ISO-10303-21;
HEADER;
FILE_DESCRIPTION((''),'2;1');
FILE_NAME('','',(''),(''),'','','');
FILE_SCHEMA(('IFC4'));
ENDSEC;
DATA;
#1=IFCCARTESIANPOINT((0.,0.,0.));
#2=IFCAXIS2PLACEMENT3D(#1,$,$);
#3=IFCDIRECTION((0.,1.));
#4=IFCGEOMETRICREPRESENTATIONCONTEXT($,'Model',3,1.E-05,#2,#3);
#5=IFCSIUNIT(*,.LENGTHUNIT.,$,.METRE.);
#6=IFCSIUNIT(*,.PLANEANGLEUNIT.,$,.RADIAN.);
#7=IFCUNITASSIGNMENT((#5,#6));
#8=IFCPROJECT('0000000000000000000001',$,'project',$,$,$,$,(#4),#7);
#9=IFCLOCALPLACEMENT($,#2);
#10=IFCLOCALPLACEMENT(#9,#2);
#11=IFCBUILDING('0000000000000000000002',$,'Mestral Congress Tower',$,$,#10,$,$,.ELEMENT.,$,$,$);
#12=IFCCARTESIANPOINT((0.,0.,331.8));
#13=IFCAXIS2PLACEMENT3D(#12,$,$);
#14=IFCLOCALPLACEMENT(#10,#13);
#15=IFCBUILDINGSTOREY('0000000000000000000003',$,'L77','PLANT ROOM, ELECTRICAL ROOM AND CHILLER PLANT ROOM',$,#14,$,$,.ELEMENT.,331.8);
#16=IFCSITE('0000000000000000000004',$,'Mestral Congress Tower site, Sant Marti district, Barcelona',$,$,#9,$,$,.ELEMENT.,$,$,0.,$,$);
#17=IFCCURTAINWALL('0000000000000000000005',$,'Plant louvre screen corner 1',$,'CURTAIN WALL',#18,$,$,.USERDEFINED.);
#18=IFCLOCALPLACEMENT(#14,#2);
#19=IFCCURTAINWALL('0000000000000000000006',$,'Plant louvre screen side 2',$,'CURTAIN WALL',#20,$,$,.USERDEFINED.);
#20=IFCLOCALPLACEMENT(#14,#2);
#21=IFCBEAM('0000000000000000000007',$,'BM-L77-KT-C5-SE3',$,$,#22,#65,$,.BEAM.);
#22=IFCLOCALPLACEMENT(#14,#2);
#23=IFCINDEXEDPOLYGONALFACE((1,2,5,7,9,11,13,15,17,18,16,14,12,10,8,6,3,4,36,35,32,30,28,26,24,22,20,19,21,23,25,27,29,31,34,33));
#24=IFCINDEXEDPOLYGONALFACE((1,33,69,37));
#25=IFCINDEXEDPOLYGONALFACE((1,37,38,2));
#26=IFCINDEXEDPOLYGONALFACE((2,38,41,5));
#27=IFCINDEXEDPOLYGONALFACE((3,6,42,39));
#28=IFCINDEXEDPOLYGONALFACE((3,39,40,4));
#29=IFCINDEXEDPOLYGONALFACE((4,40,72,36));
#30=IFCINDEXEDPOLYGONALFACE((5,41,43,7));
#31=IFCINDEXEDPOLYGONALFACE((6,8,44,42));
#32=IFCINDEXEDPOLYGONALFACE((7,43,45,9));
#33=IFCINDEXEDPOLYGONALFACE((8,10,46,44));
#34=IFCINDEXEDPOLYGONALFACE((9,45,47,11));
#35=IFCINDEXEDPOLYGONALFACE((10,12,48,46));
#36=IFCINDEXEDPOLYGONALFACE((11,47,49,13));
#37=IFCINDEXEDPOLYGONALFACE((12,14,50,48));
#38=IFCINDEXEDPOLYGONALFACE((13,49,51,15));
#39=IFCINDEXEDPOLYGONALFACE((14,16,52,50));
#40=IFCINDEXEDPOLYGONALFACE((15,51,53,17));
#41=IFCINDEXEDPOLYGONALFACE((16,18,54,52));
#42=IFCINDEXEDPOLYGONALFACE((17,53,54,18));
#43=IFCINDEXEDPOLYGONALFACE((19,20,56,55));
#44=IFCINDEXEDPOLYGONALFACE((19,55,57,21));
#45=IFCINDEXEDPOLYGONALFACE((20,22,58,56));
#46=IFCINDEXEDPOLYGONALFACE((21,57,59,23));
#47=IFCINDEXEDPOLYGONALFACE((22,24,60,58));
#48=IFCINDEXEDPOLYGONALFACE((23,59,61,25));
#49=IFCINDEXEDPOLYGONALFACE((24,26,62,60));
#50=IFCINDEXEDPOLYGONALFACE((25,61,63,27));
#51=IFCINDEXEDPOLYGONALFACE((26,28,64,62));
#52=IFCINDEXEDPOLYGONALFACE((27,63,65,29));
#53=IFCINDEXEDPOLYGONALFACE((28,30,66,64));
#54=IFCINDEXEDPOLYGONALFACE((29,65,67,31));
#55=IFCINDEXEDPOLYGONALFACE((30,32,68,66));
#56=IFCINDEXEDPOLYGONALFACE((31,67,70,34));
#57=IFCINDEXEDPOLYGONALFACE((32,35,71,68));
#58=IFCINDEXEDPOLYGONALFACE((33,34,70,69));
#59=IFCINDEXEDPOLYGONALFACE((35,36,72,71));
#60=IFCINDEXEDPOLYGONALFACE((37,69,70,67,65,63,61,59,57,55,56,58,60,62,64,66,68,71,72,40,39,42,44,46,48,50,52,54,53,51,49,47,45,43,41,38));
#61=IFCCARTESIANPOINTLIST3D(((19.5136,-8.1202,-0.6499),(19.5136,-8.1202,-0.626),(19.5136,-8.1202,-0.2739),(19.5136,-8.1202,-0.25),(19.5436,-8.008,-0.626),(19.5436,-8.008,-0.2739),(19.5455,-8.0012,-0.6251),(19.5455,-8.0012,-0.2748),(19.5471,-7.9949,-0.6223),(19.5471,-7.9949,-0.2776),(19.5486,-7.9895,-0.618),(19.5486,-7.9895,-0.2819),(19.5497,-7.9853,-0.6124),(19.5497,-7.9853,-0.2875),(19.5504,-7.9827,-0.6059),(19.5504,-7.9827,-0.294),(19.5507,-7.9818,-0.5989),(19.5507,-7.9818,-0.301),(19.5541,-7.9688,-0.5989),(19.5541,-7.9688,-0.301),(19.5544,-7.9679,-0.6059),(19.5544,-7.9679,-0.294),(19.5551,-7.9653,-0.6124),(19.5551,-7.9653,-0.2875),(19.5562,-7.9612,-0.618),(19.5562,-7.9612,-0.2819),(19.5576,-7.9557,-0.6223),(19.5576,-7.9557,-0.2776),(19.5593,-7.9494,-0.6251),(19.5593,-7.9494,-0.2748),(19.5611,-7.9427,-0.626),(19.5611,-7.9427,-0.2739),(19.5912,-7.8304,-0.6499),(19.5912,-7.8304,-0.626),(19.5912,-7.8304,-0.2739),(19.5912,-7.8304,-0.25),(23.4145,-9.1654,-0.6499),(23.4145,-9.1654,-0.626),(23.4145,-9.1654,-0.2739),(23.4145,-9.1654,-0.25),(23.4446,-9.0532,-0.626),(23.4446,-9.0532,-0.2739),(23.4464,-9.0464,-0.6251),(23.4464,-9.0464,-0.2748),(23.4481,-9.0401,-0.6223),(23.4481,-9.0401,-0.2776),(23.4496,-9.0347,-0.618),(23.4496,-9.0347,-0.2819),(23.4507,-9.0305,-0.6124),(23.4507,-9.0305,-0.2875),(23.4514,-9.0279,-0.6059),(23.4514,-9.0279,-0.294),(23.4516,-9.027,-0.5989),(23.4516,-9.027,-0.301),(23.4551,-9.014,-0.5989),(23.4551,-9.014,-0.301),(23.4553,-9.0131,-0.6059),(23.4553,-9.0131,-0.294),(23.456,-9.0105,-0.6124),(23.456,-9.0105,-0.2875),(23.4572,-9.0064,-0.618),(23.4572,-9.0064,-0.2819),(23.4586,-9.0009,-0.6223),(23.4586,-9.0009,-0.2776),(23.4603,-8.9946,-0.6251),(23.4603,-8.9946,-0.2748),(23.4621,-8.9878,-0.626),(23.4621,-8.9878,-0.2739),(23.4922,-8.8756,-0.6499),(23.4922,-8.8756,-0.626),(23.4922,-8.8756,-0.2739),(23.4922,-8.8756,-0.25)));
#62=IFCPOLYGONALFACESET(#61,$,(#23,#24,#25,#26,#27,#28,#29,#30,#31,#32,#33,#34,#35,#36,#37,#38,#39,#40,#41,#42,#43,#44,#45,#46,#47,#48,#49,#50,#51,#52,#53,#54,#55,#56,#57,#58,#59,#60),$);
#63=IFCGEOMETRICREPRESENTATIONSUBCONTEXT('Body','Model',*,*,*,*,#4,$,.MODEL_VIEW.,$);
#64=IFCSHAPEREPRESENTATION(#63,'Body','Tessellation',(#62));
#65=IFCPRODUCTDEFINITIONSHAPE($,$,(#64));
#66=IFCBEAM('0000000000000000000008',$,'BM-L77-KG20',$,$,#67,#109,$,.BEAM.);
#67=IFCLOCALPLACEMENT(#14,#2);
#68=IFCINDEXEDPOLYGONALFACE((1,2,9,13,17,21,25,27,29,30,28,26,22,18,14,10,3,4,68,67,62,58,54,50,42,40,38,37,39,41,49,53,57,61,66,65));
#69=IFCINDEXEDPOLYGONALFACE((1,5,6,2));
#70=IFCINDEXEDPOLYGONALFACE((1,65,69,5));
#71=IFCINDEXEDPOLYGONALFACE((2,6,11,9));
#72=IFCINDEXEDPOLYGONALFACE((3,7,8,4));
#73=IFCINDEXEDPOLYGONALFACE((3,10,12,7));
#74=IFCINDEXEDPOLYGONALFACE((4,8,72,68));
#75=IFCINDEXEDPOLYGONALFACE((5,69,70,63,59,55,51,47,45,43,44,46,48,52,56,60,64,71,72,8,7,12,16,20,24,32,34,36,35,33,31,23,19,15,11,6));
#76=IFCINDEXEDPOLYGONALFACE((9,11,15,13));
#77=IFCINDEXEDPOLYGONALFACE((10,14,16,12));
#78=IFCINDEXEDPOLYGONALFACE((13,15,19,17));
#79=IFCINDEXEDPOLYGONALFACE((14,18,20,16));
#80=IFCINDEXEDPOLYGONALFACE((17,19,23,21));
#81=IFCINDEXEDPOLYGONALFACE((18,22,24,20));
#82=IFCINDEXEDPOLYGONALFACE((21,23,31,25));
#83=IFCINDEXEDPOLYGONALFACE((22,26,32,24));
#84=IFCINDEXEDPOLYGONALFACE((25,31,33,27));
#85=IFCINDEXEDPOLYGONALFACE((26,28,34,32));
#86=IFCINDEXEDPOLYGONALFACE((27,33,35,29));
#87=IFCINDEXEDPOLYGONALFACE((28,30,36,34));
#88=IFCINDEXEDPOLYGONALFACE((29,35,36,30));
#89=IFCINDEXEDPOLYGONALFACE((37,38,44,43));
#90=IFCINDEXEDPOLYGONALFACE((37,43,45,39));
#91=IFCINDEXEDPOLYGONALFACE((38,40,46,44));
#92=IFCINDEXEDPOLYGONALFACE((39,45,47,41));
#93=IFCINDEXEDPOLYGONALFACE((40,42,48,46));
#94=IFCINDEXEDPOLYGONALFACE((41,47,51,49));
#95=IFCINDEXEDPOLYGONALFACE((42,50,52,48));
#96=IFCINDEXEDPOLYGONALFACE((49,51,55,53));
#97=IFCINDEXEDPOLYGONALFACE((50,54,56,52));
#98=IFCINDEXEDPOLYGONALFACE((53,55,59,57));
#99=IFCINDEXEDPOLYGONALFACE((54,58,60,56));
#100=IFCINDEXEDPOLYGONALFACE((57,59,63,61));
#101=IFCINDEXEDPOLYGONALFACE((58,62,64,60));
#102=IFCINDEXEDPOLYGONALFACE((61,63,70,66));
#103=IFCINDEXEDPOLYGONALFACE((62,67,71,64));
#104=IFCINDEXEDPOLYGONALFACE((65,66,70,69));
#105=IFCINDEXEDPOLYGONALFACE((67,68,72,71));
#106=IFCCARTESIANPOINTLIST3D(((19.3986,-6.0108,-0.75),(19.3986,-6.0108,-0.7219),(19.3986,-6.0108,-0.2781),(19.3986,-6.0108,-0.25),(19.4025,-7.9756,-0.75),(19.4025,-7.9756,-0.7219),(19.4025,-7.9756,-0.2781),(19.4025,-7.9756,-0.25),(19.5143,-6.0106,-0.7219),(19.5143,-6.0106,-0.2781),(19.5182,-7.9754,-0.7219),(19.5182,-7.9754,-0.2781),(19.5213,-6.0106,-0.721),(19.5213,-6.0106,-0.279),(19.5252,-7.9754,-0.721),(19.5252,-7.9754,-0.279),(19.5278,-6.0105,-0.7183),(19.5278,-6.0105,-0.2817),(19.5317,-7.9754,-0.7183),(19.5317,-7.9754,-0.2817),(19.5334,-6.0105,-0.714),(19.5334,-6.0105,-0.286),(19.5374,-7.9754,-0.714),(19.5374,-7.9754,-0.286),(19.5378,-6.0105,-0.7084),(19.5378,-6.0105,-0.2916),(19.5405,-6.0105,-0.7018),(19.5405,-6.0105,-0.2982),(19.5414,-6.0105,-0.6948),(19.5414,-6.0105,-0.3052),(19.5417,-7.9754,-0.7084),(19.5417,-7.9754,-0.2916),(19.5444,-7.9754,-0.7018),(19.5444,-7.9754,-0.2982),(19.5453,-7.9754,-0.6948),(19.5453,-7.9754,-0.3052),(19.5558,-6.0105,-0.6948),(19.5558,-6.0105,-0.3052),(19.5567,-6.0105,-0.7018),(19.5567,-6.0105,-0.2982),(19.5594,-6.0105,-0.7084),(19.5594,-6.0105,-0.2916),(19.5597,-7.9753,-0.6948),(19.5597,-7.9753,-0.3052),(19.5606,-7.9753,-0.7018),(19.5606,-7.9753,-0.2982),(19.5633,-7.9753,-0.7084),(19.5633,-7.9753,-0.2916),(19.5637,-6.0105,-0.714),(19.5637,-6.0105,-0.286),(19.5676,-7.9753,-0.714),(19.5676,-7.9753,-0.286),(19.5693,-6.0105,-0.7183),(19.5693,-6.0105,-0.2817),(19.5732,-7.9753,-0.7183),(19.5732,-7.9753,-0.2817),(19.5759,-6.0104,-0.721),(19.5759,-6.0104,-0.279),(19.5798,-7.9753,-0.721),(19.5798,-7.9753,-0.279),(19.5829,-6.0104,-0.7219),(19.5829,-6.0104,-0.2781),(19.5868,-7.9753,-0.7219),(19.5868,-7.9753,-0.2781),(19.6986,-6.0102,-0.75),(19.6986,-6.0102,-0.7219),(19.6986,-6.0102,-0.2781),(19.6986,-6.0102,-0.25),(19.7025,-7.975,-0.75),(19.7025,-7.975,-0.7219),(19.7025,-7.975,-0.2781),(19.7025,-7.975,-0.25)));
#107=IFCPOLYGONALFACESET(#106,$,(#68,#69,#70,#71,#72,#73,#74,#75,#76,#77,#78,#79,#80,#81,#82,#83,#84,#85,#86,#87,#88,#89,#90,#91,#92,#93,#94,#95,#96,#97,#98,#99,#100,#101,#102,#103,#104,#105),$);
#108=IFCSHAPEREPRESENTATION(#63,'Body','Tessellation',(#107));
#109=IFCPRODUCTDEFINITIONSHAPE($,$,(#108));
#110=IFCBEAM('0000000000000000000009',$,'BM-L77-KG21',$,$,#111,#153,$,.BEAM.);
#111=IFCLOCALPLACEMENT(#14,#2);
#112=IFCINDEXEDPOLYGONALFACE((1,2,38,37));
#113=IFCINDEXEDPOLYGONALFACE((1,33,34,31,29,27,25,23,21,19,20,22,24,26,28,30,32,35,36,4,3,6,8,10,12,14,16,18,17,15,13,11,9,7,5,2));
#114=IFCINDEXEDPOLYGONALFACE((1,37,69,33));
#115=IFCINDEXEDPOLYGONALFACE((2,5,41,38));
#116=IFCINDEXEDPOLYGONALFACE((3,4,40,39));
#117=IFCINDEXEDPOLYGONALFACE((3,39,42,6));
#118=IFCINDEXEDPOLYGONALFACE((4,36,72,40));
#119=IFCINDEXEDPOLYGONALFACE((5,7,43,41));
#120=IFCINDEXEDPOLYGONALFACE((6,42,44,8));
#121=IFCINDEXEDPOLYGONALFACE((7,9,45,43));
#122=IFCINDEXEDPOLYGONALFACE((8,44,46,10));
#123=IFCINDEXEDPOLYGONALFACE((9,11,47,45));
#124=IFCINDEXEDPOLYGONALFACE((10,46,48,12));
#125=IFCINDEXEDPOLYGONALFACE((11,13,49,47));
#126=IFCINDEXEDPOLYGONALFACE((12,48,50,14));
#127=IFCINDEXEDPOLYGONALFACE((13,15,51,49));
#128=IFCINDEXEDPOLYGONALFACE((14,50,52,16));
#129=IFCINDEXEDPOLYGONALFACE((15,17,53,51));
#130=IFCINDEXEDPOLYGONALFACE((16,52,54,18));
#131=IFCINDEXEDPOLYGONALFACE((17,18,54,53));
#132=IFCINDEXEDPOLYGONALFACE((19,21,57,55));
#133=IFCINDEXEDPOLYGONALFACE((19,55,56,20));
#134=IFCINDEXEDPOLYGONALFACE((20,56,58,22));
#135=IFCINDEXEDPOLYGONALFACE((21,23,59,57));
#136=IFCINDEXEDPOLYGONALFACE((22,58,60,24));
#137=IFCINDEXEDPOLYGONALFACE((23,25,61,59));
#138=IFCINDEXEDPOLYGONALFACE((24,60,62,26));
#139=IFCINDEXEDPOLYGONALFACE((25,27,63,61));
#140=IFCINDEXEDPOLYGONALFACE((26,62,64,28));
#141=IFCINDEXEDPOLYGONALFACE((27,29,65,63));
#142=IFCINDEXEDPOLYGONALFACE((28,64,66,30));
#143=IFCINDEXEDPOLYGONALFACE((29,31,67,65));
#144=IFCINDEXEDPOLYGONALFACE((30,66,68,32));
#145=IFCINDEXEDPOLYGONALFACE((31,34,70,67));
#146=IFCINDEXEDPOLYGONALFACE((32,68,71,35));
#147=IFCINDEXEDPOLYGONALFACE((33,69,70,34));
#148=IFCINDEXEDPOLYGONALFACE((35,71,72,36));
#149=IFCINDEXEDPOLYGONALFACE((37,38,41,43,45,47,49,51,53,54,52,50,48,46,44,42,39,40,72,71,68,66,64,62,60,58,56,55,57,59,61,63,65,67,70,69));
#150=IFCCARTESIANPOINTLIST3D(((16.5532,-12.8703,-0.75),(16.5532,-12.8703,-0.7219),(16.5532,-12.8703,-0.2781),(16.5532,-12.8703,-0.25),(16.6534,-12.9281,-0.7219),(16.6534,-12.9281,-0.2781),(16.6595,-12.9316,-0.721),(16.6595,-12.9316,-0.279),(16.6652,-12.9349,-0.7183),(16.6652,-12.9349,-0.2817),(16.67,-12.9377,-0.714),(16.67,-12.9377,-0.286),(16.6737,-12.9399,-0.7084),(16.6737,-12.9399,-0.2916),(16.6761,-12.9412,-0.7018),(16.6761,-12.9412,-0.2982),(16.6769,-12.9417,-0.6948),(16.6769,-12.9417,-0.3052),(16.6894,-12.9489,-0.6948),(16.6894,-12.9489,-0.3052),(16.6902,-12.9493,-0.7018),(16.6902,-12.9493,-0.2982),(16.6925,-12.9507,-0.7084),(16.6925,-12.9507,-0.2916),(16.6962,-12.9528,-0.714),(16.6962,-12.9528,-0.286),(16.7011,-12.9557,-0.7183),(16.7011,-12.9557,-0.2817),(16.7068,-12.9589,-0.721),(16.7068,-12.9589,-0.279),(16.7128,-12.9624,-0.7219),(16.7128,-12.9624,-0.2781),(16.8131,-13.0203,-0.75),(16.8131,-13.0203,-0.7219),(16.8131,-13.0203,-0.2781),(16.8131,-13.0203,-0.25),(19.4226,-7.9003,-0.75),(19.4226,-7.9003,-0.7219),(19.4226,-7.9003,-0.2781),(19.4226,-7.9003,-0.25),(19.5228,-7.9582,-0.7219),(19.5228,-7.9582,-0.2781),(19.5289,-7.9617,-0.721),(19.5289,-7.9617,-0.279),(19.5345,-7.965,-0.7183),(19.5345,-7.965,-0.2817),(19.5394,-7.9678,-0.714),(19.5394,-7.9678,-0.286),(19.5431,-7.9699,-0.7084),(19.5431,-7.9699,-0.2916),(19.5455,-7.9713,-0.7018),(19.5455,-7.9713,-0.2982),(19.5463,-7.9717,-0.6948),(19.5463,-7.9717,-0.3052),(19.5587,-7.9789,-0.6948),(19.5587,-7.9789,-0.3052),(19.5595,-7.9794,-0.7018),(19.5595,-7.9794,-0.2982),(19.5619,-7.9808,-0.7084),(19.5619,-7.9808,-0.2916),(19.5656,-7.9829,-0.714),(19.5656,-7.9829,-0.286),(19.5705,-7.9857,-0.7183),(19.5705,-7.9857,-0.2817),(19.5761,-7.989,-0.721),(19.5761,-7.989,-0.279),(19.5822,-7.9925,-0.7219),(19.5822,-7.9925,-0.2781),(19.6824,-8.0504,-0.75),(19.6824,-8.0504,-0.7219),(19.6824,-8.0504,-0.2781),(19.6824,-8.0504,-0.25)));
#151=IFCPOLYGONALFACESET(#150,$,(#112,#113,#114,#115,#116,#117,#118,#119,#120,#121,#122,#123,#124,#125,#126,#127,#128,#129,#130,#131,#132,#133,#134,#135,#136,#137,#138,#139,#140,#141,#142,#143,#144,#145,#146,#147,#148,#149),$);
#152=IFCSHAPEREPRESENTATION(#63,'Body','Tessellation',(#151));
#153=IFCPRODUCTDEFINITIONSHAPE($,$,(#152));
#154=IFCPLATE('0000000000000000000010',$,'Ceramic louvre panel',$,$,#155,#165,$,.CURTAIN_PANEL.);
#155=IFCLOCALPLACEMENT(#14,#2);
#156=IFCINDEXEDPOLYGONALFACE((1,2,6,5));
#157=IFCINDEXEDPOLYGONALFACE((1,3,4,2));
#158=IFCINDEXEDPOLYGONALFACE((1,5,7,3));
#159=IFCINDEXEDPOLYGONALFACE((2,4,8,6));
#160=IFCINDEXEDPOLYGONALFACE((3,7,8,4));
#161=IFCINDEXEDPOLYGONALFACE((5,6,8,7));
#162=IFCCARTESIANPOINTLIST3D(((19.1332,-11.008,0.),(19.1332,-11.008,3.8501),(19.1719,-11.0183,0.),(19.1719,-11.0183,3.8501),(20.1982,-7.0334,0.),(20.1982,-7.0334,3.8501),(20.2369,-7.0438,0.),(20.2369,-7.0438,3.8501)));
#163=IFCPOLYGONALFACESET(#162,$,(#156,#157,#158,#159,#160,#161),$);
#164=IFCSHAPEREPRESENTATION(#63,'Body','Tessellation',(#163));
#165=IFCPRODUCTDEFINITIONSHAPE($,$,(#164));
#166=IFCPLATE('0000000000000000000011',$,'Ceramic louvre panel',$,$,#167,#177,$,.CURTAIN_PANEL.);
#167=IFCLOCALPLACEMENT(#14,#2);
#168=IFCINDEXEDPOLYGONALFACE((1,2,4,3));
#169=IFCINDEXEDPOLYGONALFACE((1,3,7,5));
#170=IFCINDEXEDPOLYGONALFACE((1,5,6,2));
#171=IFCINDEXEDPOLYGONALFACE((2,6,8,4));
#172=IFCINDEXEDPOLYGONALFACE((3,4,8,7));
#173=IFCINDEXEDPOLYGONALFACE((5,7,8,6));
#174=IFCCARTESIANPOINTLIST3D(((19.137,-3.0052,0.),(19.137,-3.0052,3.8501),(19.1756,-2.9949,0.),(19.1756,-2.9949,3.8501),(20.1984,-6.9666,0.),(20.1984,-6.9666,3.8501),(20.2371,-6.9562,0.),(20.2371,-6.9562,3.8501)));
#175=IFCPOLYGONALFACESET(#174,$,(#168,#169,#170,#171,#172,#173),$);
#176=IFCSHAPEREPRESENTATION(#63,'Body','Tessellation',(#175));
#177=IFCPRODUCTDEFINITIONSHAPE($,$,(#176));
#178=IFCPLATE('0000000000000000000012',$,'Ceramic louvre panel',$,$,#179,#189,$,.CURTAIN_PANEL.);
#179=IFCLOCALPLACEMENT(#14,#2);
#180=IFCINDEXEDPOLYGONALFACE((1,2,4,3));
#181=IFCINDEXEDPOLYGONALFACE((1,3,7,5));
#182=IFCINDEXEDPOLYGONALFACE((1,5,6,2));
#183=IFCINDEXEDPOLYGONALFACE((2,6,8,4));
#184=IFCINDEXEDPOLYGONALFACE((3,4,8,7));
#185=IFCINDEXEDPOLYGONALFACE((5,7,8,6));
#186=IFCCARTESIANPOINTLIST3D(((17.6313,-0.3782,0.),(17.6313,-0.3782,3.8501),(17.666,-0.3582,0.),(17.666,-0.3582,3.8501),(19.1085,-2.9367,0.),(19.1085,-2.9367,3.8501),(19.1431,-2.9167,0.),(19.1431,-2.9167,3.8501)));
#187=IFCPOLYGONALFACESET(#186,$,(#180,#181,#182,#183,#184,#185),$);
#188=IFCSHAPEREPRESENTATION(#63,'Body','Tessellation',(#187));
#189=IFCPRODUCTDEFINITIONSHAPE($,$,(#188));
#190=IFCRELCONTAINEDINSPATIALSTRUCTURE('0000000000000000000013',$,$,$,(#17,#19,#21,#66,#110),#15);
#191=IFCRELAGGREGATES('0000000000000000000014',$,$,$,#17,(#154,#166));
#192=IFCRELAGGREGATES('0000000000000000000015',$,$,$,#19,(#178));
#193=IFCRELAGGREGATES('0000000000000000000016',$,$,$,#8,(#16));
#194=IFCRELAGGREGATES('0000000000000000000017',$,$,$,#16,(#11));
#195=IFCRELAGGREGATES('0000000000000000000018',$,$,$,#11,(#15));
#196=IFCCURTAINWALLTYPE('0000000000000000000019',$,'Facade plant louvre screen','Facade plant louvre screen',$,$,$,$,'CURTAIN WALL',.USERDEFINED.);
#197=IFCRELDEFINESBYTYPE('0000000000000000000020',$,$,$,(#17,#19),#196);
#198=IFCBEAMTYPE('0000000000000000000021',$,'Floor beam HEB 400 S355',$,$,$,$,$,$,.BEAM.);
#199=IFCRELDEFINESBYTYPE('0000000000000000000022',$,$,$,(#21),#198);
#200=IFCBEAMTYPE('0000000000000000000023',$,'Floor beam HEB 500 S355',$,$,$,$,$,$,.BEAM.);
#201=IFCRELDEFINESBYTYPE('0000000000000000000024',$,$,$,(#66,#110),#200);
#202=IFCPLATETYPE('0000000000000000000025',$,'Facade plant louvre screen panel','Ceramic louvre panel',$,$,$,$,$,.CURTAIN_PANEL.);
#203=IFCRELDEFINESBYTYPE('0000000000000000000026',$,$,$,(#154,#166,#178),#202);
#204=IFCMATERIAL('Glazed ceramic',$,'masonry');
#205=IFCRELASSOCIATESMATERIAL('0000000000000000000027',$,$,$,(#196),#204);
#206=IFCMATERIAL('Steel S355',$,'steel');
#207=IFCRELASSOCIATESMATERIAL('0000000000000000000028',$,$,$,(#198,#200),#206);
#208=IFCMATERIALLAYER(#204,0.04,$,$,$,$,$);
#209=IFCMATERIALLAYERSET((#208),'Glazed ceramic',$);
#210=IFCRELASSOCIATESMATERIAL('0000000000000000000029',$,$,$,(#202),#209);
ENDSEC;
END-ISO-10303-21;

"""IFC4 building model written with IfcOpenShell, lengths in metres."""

from ifc_helpers import new_model, si_unit, direction, frame, origin, origin_2d, place, context, subcontext, project, spatial, rectangle, i_section, extrude, material, layer, layer_set, material_profile, profile_set, type_object, element, aggregate, save


model = new_model("IFC4")

# Units and contexts
model_context = context("Model", 3, precision=1e-05, world=origin(), true_north=direction((0.0, 1.0)))
body_context = subcontext(model_context, "Body", "Model", "MODEL_VIEW")
ifc_project = project(units=[si_unit("LENGTHUNIT", "METRE"), si_unit("PLANEANGLEUNIT", "RADIAN")], contexts=[model_context])

# Site, building, storey
site_placement = place(None, origin())
site = spatial("IfcSite", under=ifc_project, at=site_placement, Name="Mestral Congress Tower site, Sant Marti district, Barcelona", CompositionType="ELEMENT", RefElevation=0.0)
building_placement = place(site_placement, origin())
building = spatial("IfcBuilding", under=site, at=building_placement, Name="Mestral Congress Tower", CompositionType="ELEMENT")
storey_placement = place(building_placement, frame((0.0, 0.0, 331.8)))
storey = spatial("IfcBuildingStorey", under=building, at=storey_placement, Name="L77", Description="PLANT ROOM, ELECTRICAL ROOM AND CHILLER PLANT ROOM", CompositionType="ELEMENT", Elevation=331.8)

# Shared definitions
ifc_material_1 = material(Name="Steel S355", Category="steel")

# Curtain wall
ifc_material_2 = material(Name="Glazed ceramic", Category="masonry")
curtain_wall_type = type_object("IfcCurtainWallType", Name="Facade plant louvre screen", Description="Facade plant louvre screen", ElementType="CURTAIN WALL", PredefinedType="USERDEFINED", material=ifc_material_2)
placement = place(storey_placement, origin())
curtain_wall_1 = element("IfcCurtainWall", 1, at=placement, inside=storey, type_object=curtain_wall_type, Name="Plant louvre screen corner 1", ObjectType="CURTAIN WALL", PredefinedType="USERDEFINED")

# Curtain wall
curtain_wall_2 = element("IfcCurtainWall", 2, at=placement, inside=storey, type_object=curtain_wall_type, Name="Plant louvre screen side 2", ObjectType="CURTAIN WALL", PredefinedType="USERDEFINED")

# Beams
ifc_material_profile_1 = material_profile(ifc_material_1, i_section(OverallWidth=0.3, OverallDepth=0.3999, WebThickness=0.0134, FlangeThickness=0.0239, FilletRadius=0.0271, at=origin_2d()), Name="HEB 400")
ifc_profile_set_1 = profile_set([ifc_material_profile_1], Name="Steel S355")
beam_type_1 = type_object("IfcBeamType", Name="Floor beam HEB 400 S355", PredefinedType="BEAM", material=ifc_profile_set_1)
beam_1_placement = place(storey_placement, frame((23.4534, -9.0205, -0.45), z_axis=(-0.96593, 0.258803, 0.0), x_axis=(-0.258803, -0.96593, 0.0)))
element("IfcBeam", 3, at=beam_1_placement, inside=storey, type_object=beam_type_1, Name="BM-L77-KT-C5-SE3", PredefinedType="BEAM", context=body_context, shape_type="SweptSolid", body=[
    extrude(i_section(OverallWidth=0.3, OverallDepth=0.3999, WebThickness=0.0134, FlangeThickness=0.0239, FilletRadius=0.0271, at=origin_2d()), origin(), (0.0, 0.0, 1.0), 4.0386),
])
ifc_material_profile_2 = material_profile(ifc_material_1, i_section(OverallWidth=0.3, OverallDepth=0.5, WebThickness=0.0144, FlangeThickness=0.0281, FilletRadius=0.0271, at=origin_2d()), Name="HEB 500")
ifc_profile_set_2 = profile_set([ifc_material_profile_2], Name="Steel S355")
beam_type_2 = type_object("IfcBeamType", Name="Floor beam HEB 500 S355", PredefinedType="BEAM", material=ifc_profile_set_2)
beam_2_placement = place(storey_placement, frame((19.5486, -6.0105, -0.5), z_axis=(0.001988, -0.999998, 0.0), x_axis=(0.999998, 0.001988, 0.0)))
element("IfcBeam", 4, at=beam_2_placement, inside=storey, type_object=beam_type_2, Name="BM-L77-KG20", PredefinedType="BEAM", context=body_context, shape_type="SweptSolid", body=[
    extrude(i_section(OverallWidth=0.3, OverallDepth=0.5, WebThickness=0.0144, FlangeThickness=0.0281, FilletRadius=0.0271, at=origin_2d()), origin(), (0.0, 0.0, 1.0), 1.9648),
])
beam_3_placement = place(storey_placement, frame((19.5525, -7.9753, -0.5), z_axis=(-0.499996, -0.866028, 0.0), x_axis=(0.866028, -0.499996, 0.0)))
element("IfcBeam", 5, at=beam_3_placement, inside=storey, type_object=beam_type_2, Name="BM-L77-KG21", PredefinedType="BEAM", context=body_context, shape_type="SweptSolid", body=[
    extrude(i_section(OverallWidth=0.3, OverallDepth=0.5, WebThickness=0.0144, FlangeThickness=0.0281, FilletRadius=0.0271, at=origin_2d()), origin(), (0.0, 0.0, 1.0), 5.7388),
])

# Plates
ifc_layer_1 = layer(ifc_material_2, 0.04)
ifc_layer_set_1 = layer_set([ifc_layer_1], Name="Glazed ceramic")
plate_type = type_object("IfcPlateType", Name="Facade plant louvre screen panel", Description="Ceramic louvre panel", PredefinedType="CURTAIN_PANEL", material=ifc_layer_set_1)
plate_1_placement = place(storey_placement, frame((19.6851, -9.0259, 0.0), z_axis=(0.0, 0.0, 1.0), x_axis=(0.258819, 0.965926, 0.0)))
plate_1 = element("IfcPlate", 6, at=plate_1_placement, type_object=plate_type, Name="Ceramic louvre panel", PredefinedType="CURTAIN_PANEL", context=body_context, shape_type="SweptSolid", body=[
    extrude(rectangle(XDim=4.1147, YDim=0.04, at=origin_2d()), origin(), (0.0, 0.0, 1.0), 3.8501),
])
plate_2_placement = place(storey_placement, frame((19.687, -4.9807, 0.0), z_axis=(0.0, 0.0, 1.0), x_axis=(-0.258819, 0.965926, 0.0)))
plate_2 = element("IfcPlate", 7, at=plate_2_placement, type_object=plate_type, Name="Ceramic louvre panel", PredefinedType="CURTAIN_PANEL", context=body_context, shape_type="SweptSolid", body=[
    extrude(rectangle(XDim=4.1011, YDim=0.04, at=origin_2d()), origin(), (0.0, 0.0, 1.0), 3.8501),
])
aggregate(curtain_wall_1, [plate_1, plate_2])
plate_3_placement = place(storey_placement, frame((18.3872, -1.6475, 0.0), z_axis=(0.0, 0.0, 1.0), x_axis=(-0.500002, 0.866025, 0.0)))
plate_3 = element("IfcPlate", 8, at=plate_3_placement, type_object=plate_type, Name="Ceramic louvre panel", PredefinedType="CURTAIN_PANEL", context=body_context, shape_type="SweptSolid", body=[
    extrude(rectangle(XDim=2.9543, YDim=0.04, at=origin_2d()), origin(), (0.0, 0.0, 1.0), 3.8501),
])
aggregate(curtain_wall_2, [plate_3])

save(model, "model.ifc")
